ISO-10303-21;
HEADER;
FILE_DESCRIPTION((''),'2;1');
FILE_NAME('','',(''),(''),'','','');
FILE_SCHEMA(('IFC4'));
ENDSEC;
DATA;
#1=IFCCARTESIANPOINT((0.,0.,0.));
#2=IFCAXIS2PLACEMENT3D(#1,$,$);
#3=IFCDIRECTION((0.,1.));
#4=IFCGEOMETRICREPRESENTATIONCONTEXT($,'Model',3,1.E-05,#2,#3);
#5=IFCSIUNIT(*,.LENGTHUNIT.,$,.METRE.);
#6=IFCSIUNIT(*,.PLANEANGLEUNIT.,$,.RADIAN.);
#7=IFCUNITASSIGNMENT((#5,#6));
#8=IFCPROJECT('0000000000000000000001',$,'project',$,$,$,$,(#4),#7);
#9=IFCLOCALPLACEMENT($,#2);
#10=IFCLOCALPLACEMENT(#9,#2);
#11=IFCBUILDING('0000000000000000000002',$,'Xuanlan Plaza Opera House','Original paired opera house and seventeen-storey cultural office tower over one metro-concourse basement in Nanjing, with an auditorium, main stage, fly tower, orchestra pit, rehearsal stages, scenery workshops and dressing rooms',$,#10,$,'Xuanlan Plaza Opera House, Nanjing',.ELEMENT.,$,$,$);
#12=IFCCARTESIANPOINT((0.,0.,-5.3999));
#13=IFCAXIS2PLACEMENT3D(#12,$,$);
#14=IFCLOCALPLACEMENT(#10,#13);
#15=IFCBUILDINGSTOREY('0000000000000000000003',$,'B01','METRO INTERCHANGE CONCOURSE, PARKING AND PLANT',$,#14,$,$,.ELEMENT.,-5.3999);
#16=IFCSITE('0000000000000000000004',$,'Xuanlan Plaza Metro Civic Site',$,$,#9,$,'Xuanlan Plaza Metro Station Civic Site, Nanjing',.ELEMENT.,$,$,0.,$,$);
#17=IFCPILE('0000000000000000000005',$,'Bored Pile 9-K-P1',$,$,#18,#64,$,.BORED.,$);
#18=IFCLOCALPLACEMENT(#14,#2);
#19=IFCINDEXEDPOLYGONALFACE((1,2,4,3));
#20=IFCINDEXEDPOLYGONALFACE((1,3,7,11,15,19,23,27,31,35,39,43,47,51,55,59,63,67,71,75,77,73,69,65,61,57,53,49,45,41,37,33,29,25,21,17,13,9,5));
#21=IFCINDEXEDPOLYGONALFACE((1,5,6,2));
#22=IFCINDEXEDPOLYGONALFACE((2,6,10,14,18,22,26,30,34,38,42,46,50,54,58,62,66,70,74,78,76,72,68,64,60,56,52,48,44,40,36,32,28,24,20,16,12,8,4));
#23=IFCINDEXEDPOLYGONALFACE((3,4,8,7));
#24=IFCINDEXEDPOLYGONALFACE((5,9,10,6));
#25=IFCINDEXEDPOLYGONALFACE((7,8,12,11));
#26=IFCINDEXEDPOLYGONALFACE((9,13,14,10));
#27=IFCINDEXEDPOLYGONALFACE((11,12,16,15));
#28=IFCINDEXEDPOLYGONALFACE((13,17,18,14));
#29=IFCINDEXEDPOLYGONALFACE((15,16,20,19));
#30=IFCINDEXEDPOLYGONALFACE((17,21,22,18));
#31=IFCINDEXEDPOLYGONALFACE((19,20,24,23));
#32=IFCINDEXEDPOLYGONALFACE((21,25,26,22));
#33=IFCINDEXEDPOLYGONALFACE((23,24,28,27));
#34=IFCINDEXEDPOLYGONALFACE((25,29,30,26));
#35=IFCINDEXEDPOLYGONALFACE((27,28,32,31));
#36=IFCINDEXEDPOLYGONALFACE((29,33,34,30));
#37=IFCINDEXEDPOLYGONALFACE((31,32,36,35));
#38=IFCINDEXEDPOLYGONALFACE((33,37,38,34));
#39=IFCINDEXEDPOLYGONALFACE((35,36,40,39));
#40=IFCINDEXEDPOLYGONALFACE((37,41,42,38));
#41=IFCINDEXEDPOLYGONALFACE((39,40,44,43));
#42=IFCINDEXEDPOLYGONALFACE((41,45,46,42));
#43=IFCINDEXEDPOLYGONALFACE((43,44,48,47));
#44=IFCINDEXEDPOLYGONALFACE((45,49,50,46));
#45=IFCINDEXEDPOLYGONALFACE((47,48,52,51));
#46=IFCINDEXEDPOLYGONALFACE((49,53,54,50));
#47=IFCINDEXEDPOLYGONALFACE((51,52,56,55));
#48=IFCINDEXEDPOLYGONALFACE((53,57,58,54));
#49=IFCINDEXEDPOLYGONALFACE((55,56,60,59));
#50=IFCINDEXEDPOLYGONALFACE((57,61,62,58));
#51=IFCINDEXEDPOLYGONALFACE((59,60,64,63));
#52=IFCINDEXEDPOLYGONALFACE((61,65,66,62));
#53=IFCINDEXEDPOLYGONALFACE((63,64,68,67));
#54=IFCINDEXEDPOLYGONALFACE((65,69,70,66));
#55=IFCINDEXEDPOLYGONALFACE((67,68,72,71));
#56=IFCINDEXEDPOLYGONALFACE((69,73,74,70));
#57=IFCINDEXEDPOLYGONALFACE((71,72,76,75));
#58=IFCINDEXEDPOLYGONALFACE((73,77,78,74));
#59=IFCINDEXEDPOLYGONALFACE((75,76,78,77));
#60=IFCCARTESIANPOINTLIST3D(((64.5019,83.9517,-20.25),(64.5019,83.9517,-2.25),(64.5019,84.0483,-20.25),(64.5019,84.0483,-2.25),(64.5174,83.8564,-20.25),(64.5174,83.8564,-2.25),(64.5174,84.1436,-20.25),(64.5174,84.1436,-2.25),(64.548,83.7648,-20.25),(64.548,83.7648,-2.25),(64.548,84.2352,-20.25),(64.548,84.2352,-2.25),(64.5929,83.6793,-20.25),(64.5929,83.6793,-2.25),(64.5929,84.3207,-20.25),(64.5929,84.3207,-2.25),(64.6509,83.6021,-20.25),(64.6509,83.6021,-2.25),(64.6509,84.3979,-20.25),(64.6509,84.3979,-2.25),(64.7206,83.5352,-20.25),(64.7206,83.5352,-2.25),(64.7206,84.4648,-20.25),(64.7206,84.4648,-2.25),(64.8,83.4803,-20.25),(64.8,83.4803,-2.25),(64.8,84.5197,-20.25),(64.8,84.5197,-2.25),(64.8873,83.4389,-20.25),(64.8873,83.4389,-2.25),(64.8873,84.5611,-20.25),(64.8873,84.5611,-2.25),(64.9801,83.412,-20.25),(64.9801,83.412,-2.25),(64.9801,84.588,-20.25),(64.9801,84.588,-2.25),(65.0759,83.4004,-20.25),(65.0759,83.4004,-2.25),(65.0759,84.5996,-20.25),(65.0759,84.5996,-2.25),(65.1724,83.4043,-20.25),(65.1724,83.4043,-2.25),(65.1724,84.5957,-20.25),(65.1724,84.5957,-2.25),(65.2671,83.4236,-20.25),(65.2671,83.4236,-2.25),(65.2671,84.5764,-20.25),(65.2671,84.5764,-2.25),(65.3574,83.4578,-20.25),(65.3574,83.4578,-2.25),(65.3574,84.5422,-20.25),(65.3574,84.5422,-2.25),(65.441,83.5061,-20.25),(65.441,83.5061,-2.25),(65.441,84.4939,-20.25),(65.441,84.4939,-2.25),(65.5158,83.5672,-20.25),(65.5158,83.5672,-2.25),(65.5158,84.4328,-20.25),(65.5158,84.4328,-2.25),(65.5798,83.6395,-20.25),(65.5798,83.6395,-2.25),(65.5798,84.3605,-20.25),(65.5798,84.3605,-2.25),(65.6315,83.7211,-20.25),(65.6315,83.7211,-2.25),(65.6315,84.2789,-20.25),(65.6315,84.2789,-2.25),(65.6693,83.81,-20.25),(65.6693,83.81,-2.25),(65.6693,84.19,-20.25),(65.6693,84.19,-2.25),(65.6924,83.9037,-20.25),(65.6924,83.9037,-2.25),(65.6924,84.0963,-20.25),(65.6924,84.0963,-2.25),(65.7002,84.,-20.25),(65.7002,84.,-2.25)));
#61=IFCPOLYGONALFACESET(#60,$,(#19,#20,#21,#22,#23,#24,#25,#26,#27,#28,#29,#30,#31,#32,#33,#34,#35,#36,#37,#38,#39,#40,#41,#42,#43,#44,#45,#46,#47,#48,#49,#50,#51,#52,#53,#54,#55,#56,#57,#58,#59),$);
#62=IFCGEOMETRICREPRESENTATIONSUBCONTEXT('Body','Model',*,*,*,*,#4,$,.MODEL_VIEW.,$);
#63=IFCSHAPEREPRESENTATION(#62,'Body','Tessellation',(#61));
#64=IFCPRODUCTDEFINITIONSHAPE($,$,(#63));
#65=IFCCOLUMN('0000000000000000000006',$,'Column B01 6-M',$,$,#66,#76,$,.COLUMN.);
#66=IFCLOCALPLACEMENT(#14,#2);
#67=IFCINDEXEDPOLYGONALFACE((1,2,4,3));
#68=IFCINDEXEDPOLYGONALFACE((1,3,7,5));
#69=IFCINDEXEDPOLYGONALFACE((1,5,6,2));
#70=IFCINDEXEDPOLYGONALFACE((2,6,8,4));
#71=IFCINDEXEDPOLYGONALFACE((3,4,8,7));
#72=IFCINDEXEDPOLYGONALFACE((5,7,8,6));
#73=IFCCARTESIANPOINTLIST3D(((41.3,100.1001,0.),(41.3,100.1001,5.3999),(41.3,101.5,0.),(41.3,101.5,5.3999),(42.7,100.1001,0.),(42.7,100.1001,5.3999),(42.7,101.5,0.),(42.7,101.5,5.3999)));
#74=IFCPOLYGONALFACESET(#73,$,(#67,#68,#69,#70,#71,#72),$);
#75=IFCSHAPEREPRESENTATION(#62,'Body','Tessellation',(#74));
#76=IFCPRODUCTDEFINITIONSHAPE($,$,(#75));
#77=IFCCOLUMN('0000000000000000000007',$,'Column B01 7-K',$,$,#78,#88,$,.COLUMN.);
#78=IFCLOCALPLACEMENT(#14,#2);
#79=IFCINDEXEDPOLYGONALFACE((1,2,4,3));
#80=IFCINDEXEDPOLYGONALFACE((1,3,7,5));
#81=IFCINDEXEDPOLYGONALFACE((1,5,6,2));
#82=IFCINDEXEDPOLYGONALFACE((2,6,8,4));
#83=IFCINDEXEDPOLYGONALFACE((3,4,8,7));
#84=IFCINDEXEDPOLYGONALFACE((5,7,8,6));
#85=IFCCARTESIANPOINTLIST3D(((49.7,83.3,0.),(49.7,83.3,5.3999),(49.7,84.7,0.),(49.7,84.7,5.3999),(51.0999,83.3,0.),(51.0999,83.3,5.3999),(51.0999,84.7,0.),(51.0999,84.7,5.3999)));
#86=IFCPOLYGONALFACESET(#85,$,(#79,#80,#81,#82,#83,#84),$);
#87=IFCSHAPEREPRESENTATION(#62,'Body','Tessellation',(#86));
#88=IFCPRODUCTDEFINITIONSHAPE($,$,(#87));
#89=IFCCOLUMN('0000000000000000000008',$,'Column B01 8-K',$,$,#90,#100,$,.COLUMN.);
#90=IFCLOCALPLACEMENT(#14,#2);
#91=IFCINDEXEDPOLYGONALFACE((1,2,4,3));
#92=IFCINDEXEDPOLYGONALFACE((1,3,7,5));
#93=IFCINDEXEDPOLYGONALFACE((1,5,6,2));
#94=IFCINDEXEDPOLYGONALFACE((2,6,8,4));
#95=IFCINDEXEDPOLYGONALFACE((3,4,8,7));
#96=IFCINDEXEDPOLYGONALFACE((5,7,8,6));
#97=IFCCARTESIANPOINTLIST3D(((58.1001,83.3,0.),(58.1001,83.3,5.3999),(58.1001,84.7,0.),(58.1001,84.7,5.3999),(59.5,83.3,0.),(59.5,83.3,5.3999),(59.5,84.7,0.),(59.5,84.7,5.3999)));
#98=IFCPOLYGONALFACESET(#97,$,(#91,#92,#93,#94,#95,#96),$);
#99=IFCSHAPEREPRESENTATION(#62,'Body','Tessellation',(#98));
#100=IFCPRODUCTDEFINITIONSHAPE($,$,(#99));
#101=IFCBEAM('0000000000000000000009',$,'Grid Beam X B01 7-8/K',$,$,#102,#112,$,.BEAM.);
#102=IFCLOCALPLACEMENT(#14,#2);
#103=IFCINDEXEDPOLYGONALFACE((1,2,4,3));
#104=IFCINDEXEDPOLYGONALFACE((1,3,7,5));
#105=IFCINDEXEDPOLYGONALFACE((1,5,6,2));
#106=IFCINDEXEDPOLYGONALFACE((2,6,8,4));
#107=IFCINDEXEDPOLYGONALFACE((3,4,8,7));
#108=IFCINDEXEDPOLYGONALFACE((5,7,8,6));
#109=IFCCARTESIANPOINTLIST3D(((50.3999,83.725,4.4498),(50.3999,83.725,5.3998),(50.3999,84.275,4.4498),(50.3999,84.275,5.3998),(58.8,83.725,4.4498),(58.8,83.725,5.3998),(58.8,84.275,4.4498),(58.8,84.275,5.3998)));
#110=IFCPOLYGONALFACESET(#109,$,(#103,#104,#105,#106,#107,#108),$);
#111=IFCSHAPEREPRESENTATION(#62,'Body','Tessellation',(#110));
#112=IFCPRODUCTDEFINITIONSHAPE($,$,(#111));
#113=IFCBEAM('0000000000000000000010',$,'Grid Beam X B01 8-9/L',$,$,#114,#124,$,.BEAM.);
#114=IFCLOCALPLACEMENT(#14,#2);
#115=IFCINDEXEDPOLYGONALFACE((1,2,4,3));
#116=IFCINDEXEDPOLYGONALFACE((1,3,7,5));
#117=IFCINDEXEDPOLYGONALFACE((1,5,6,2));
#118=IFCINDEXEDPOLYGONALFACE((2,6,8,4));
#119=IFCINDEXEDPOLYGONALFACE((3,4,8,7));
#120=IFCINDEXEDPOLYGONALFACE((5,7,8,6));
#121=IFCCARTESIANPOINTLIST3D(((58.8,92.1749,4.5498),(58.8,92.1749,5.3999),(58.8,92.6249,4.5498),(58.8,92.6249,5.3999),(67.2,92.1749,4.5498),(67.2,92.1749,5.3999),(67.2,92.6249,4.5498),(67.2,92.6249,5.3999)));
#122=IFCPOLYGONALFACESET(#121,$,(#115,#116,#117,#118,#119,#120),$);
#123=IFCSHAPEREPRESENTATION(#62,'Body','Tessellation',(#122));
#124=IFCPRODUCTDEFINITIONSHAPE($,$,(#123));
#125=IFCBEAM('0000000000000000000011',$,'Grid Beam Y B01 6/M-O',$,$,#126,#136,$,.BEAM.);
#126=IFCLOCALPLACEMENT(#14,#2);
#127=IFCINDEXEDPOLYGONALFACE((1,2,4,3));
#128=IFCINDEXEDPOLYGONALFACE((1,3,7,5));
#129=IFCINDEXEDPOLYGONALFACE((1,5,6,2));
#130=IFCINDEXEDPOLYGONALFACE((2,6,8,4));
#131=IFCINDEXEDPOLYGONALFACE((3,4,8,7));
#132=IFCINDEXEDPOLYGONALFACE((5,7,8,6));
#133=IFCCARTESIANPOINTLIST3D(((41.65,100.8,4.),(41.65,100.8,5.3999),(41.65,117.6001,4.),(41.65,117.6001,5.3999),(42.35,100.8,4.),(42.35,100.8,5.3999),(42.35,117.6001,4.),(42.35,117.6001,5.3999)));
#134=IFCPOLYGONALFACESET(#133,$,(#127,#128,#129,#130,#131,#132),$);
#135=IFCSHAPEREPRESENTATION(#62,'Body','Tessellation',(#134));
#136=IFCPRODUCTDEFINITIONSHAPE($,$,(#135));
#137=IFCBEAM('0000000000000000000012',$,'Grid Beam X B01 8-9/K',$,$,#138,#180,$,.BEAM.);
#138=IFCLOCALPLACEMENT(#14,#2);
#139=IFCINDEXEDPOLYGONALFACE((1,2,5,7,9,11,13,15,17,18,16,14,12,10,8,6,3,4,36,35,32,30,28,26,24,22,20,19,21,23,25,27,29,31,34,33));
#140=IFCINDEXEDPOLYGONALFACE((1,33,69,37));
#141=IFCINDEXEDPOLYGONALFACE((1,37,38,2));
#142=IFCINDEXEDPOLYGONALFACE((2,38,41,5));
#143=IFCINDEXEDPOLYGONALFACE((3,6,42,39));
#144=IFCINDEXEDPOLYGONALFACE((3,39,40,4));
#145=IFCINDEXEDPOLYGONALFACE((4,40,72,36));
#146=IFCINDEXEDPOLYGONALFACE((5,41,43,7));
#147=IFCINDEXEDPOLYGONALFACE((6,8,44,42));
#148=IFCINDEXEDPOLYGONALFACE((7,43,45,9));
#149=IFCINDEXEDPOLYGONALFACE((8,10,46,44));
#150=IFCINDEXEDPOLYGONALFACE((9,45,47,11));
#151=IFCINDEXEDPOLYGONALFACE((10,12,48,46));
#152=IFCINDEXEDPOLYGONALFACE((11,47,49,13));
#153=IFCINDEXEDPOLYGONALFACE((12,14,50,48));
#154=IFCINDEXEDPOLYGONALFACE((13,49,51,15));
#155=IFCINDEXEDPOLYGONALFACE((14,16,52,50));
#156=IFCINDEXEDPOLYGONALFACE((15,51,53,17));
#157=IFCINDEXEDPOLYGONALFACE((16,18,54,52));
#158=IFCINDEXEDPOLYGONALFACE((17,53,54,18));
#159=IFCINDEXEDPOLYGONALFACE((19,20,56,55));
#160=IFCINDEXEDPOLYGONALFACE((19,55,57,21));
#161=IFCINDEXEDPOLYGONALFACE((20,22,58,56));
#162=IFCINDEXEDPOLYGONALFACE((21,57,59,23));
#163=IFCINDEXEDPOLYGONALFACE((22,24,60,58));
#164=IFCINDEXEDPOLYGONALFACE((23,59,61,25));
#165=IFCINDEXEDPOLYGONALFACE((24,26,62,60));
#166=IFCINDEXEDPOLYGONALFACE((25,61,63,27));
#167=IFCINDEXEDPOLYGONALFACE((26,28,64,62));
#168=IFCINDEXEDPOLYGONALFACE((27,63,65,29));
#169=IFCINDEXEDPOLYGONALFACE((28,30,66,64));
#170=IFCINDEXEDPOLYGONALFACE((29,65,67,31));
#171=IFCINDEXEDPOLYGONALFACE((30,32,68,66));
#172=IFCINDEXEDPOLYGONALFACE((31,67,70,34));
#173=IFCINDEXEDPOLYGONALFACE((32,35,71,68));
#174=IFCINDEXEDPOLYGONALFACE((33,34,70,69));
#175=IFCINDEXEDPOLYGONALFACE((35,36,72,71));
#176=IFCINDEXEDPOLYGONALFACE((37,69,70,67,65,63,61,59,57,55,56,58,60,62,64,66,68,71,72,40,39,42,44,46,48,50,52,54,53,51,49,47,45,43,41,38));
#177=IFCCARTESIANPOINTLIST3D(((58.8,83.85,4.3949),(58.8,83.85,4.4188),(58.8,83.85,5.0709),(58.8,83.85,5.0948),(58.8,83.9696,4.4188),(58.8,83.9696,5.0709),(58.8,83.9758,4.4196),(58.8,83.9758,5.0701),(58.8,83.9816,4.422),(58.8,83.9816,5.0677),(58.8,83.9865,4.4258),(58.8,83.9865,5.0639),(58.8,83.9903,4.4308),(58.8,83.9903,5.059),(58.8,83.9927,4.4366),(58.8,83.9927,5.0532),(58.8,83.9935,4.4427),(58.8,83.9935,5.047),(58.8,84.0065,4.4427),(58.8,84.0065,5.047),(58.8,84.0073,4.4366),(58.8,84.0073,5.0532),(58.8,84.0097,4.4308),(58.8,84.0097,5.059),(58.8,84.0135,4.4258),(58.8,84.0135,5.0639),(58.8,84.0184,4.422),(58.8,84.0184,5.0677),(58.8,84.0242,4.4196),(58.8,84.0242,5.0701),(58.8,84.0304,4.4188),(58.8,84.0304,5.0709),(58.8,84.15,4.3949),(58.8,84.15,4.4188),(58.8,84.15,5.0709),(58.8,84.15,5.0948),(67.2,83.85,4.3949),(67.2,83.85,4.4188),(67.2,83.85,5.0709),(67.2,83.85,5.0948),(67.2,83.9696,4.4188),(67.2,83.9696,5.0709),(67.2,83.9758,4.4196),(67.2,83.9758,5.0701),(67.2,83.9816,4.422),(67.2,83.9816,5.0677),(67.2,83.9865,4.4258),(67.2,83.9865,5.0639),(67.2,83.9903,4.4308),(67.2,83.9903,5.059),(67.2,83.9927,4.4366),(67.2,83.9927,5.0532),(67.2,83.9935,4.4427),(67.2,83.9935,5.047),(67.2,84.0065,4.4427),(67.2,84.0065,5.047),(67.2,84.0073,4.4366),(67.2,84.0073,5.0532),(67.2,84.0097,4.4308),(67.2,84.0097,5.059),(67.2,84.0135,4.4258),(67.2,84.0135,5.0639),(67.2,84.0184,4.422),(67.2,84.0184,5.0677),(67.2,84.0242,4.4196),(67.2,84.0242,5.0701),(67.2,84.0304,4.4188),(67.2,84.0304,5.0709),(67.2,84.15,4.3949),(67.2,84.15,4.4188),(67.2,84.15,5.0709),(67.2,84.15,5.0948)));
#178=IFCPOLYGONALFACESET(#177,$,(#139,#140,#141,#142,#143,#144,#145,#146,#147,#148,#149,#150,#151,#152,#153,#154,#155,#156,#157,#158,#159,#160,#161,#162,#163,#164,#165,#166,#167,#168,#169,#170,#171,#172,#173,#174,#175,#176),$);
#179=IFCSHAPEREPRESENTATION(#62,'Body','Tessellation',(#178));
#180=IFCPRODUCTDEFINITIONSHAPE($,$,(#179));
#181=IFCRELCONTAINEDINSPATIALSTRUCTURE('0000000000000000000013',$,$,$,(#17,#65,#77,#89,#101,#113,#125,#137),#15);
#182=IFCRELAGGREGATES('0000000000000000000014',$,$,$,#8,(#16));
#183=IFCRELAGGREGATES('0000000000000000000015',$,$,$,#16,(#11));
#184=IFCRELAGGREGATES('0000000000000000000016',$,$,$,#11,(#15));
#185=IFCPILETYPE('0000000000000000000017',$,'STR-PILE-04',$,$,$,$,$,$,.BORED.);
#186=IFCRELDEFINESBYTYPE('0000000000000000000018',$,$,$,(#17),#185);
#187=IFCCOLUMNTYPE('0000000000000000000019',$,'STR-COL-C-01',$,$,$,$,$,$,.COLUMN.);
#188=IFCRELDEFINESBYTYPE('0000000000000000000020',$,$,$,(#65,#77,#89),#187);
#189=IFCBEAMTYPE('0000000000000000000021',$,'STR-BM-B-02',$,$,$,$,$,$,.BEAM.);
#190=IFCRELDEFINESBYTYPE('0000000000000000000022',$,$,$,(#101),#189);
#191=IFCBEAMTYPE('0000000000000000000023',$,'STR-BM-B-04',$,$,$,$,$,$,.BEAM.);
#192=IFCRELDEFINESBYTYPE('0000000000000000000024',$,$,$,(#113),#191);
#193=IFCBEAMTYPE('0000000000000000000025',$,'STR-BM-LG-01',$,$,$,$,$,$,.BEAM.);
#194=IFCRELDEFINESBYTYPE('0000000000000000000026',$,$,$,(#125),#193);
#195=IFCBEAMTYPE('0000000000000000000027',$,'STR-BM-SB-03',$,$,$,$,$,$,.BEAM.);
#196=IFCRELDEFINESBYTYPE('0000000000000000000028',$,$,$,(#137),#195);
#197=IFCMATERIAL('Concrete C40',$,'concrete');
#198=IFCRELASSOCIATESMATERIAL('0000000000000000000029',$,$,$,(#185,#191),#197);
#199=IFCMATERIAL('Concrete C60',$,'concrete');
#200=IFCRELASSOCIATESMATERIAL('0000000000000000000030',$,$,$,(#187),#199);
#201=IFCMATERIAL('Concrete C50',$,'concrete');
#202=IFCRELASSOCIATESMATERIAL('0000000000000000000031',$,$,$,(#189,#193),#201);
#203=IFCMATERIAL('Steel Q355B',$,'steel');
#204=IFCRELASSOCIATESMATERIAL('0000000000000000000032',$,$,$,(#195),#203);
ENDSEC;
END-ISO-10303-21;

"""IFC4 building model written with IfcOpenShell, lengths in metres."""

from ifc_helpers import new_model, si_unit, direction, frame, origin, origin_2d, place, context, subcontext, project, spatial, rectangle, circle, i_section, extrude, material, material_profile, profile_set, type_object, element, save


model = new_model("IFC4")

# Units and contexts
model_context = context("Model", 3, precision=1e-05, world=origin(), true_north=direction((0.0, 1.0)))
body_context = subcontext(model_context, "Body", "Model", "MODEL_VIEW")
ifc_project = project(units=[si_unit("LENGTHUNIT", "METRE"), si_unit("PLANEANGLEUNIT", "RADIAN")], contexts=[model_context])

# Site, building, storey
site_placement = place(None, origin())
site = spatial("IfcSite", under=ifc_project, at=site_placement, Name="Xuanlan Plaza Metro Civic Site", LongName="Xuanlan Plaza Metro Station Civic Site, Nanjing", CompositionType="ELEMENT", RefElevation=0.0)
building_placement = place(site_placement, origin())
building = spatial("IfcBuilding", under=site, at=building_placement, Name="Xuanlan Plaza Opera House", Description="Original paired opera house and seventeen-storey cultural office tower over one metro-concourse basement in Nanjing, with an auditorium, main stage, fly tower, orchestra pit, rehearsal stages, scenery workshops and dressing rooms", LongName="Xuanlan Plaza Opera House, Nanjing", CompositionType="ELEMENT")
storey_placement = place(building_placement, frame((0.0, 0.0, -5.3999)))
storey = spatial("IfcBuildingStorey", under=building, at=storey_placement, Name="B01", Description="METRO INTERCHANGE CONCOURSE, PARKING AND PLANT", CompositionType="ELEMENT", Elevation=-5.3999)

# Shared definitions
ifc_material_1 = material(Name="Concrete C50", Category="concrete")

# Pile
ifc_material_2 = material(Name="Concrete C40", Category="concrete")
ifc_material_profile_1 = material_profile(ifc_material_2, circle(Radius=0.6001, at=origin_2d()), Name="PILE D1200")
ifc_profile_set_1 = profile_set([ifc_material_profile_1], Name="Concrete C40")
pile_type = type_object("IfcPileType", Name="STR-PILE-04", PredefinedType="BORED", material=ifc_profile_set_1)
for number, where, z_axis, x_axis, name in (
    (1, (65.1001, 84.0, -2.25), (0.0, 0.0, -1.0), (1.0, 0.0, 0.0), "Bored Pile 9-K-P1"),
):
    element("IfcPile", number, at=place(storey_placement, frame(where, z_axis=z_axis, x_axis=x_axis)), inside=storey, type_object=pile_type, Name=name, PredefinedType="BORED", context=body_context, shape_type="SweptSolid", body=[
        extrude(circle(Radius=0.6001, at=origin_2d()), origin(), (0.0, 0.0, 1.0), 18.0),
    ])

# Columns
ifc_material_3 = material(Name="Concrete C60", Category="concrete")
ifc_material_profile_2 = material_profile(ifc_material_3, rectangle(XDim=1.3999, YDim=1.3999, at=origin_2d()), Name="RC-COL 1400x1400")
ifc_profile_set_2 = profile_set([ifc_material_profile_2], Name="Concrete C60")
column_type = type_object("IfcColumnType", Name="STR-COL-C-01", PredefinedType="COLUMN", material=ifc_profile_set_2)
for number, where, z_axis, x_axis, name in (
    (2, (42.0, 100.8, 0.0), (0.0, 0.0, 1.0), (1.0, 0.0, 0.0), "Column B01 6-M"),
    (3, (50.3999, 84.0, 0.0), (0.0, 0.0, 1.0), (1.0, 0.0, 0.0), "Column B01 7-K"),
    (4, (58.8, 84.0, 0.0), (0.0, 0.0, 1.0), (1.0, 0.0, 0.0), "Column B01 8-K"),
):
    element("IfcColumn", number, at=place(storey_placement, frame(where, z_axis=z_axis, x_axis=x_axis)), inside=storey, type_object=column_type, Name=name, PredefinedType="COLUMN", context=body_context, shape_type="SweptSolid", body=[
        extrude(rectangle(XDim=1.3999, YDim=1.3999, at=origin_2d()), origin(), (0.0, 0.0, 1.0), 5.3999),
    ])

# Beams
ifc_material_profile_3 = material_profile(ifc_material_1, rectangle(XDim=0.55, YDim=0.95, at=origin_2d()), Name="RC-BM 550x950")
ifc_profile_set_3 = profile_set([ifc_material_profile_3], Name="Concrete C50")
beam_type_1 = type_object("IfcBeamType", Name="STR-BM-B-02", PredefinedType="BEAM", material=ifc_profile_set_3)
beam_1_placement = place(storey_placement, frame((50.3999, 84.0, 4.9248), z_axis=(1.0, 0.0, 0.0), x_axis=(0.0, 1.0, 0.0)))
element("IfcBeam", 5, at=beam_1_placement, inside=storey, type_object=beam_type_1, Name="Grid Beam X B01 7-8/K", PredefinedType="BEAM", context=body_context, shape_type="SweptSolid", body=[
    extrude(rectangle(XDim=0.55, YDim=0.95, at=origin_2d()), origin(), (0.0, 0.0, 1.0), 8.4001),
])
ifc_material_profile_4 = material_profile(ifc_material_2, rectangle(XDim=0.45, YDim=0.8501, at=origin_2d()), Name="RC-BM 450x850")
ifc_profile_set_4 = profile_set([ifc_material_profile_4], Name="Concrete C40")
beam_type_2 = type_object("IfcBeamType", Name="STR-BM-B-04", PredefinedType="BEAM", material=ifc_profile_set_4)
beam_2_placement = place(storey_placement, frame((58.8, 92.3999, 4.9749), z_axis=(1.0, 0.0, 0.0), x_axis=(0.0, 1.0, 0.0)))
element("IfcBeam", 6, at=beam_2_placement, inside=storey, type_object=beam_type_2, Name="Grid Beam X B01 8-9/L", PredefinedType="BEAM", context=body_context, shape_type="SweptSolid", body=[
    extrude(rectangle(XDim=0.45, YDim=0.8501, at=origin_2d()), origin(), (0.0, 0.0, 1.0), 8.3999),
])
ifc_material_profile_5 = material_profile(ifc_material_1, rectangle(XDim=0.7, YDim=1.3999, at=origin_2d()), Name="RC-LG 700x1400")
ifc_profile_set_5 = profile_set([ifc_material_profile_5], Name="Concrete C50")
beam_type_3 = type_object("IfcBeamType", Name="STR-BM-LG-01", PredefinedType="BEAM", material=ifc_profile_set_5)
beam_3_placement = place(storey_placement, frame((42.0, 100.8, 4.7), z_axis=(0.0, 1.0, 0.0), x_axis=(-1.0, 0.0, 0.0)))
element("IfcBeam", 7, at=beam_3_placement, inside=storey, type_object=beam_type_3, Name="Grid Beam Y B01 6/M-O", PredefinedType="BEAM", context=body_context, shape_type="SweptSolid", body=[
    extrude(rectangle(XDim=0.7, YDim=1.3999, at=origin_2d()), origin(), (0.0, 0.0, 1.0), 16.8),
])
ifc_material_4 = material(Name="Steel Q355B", Category="steel")
ifc_material_profile_6 = material_profile(ifc_material_4, i_section(OverallWidth=0.3, OverallDepth=0.7, WebThickness=0.0129, FlangeThickness=0.0239, FilletRadius=0.0239, at=origin_2d()), Name="HN 700x300x13x24")
ifc_profile_set_6 = profile_set([ifc_material_profile_6], Name="Steel Q355B")
beam_type_4 = type_object("IfcBeamType", Name="STR-BM-SB-03", PredefinedType="BEAM", material=ifc_profile_set_6)
beam_4_placement = place(storey_placement, frame((58.8, 84.0, 4.7449), z_axis=(1.0, 0.0, 0.0), x_axis=(0.0, 1.0, 0.0)))
element("IfcBeam", 8, at=beam_4_placement, inside=storey, type_object=beam_type_4, Name="Grid Beam X B01 8-9/K", PredefinedType="BEAM", context=body_context, shape_type="SweptSolid", body=[
    extrude(i_section(OverallWidth=0.3, OverallDepth=0.7, WebThickness=0.0129, FlangeThickness=0.0239, FilletRadius=0.0239, at=origin_2d()), origin(), (0.0, 0.0, 1.0), 8.3999),
])

save(model, "model.ifc")
